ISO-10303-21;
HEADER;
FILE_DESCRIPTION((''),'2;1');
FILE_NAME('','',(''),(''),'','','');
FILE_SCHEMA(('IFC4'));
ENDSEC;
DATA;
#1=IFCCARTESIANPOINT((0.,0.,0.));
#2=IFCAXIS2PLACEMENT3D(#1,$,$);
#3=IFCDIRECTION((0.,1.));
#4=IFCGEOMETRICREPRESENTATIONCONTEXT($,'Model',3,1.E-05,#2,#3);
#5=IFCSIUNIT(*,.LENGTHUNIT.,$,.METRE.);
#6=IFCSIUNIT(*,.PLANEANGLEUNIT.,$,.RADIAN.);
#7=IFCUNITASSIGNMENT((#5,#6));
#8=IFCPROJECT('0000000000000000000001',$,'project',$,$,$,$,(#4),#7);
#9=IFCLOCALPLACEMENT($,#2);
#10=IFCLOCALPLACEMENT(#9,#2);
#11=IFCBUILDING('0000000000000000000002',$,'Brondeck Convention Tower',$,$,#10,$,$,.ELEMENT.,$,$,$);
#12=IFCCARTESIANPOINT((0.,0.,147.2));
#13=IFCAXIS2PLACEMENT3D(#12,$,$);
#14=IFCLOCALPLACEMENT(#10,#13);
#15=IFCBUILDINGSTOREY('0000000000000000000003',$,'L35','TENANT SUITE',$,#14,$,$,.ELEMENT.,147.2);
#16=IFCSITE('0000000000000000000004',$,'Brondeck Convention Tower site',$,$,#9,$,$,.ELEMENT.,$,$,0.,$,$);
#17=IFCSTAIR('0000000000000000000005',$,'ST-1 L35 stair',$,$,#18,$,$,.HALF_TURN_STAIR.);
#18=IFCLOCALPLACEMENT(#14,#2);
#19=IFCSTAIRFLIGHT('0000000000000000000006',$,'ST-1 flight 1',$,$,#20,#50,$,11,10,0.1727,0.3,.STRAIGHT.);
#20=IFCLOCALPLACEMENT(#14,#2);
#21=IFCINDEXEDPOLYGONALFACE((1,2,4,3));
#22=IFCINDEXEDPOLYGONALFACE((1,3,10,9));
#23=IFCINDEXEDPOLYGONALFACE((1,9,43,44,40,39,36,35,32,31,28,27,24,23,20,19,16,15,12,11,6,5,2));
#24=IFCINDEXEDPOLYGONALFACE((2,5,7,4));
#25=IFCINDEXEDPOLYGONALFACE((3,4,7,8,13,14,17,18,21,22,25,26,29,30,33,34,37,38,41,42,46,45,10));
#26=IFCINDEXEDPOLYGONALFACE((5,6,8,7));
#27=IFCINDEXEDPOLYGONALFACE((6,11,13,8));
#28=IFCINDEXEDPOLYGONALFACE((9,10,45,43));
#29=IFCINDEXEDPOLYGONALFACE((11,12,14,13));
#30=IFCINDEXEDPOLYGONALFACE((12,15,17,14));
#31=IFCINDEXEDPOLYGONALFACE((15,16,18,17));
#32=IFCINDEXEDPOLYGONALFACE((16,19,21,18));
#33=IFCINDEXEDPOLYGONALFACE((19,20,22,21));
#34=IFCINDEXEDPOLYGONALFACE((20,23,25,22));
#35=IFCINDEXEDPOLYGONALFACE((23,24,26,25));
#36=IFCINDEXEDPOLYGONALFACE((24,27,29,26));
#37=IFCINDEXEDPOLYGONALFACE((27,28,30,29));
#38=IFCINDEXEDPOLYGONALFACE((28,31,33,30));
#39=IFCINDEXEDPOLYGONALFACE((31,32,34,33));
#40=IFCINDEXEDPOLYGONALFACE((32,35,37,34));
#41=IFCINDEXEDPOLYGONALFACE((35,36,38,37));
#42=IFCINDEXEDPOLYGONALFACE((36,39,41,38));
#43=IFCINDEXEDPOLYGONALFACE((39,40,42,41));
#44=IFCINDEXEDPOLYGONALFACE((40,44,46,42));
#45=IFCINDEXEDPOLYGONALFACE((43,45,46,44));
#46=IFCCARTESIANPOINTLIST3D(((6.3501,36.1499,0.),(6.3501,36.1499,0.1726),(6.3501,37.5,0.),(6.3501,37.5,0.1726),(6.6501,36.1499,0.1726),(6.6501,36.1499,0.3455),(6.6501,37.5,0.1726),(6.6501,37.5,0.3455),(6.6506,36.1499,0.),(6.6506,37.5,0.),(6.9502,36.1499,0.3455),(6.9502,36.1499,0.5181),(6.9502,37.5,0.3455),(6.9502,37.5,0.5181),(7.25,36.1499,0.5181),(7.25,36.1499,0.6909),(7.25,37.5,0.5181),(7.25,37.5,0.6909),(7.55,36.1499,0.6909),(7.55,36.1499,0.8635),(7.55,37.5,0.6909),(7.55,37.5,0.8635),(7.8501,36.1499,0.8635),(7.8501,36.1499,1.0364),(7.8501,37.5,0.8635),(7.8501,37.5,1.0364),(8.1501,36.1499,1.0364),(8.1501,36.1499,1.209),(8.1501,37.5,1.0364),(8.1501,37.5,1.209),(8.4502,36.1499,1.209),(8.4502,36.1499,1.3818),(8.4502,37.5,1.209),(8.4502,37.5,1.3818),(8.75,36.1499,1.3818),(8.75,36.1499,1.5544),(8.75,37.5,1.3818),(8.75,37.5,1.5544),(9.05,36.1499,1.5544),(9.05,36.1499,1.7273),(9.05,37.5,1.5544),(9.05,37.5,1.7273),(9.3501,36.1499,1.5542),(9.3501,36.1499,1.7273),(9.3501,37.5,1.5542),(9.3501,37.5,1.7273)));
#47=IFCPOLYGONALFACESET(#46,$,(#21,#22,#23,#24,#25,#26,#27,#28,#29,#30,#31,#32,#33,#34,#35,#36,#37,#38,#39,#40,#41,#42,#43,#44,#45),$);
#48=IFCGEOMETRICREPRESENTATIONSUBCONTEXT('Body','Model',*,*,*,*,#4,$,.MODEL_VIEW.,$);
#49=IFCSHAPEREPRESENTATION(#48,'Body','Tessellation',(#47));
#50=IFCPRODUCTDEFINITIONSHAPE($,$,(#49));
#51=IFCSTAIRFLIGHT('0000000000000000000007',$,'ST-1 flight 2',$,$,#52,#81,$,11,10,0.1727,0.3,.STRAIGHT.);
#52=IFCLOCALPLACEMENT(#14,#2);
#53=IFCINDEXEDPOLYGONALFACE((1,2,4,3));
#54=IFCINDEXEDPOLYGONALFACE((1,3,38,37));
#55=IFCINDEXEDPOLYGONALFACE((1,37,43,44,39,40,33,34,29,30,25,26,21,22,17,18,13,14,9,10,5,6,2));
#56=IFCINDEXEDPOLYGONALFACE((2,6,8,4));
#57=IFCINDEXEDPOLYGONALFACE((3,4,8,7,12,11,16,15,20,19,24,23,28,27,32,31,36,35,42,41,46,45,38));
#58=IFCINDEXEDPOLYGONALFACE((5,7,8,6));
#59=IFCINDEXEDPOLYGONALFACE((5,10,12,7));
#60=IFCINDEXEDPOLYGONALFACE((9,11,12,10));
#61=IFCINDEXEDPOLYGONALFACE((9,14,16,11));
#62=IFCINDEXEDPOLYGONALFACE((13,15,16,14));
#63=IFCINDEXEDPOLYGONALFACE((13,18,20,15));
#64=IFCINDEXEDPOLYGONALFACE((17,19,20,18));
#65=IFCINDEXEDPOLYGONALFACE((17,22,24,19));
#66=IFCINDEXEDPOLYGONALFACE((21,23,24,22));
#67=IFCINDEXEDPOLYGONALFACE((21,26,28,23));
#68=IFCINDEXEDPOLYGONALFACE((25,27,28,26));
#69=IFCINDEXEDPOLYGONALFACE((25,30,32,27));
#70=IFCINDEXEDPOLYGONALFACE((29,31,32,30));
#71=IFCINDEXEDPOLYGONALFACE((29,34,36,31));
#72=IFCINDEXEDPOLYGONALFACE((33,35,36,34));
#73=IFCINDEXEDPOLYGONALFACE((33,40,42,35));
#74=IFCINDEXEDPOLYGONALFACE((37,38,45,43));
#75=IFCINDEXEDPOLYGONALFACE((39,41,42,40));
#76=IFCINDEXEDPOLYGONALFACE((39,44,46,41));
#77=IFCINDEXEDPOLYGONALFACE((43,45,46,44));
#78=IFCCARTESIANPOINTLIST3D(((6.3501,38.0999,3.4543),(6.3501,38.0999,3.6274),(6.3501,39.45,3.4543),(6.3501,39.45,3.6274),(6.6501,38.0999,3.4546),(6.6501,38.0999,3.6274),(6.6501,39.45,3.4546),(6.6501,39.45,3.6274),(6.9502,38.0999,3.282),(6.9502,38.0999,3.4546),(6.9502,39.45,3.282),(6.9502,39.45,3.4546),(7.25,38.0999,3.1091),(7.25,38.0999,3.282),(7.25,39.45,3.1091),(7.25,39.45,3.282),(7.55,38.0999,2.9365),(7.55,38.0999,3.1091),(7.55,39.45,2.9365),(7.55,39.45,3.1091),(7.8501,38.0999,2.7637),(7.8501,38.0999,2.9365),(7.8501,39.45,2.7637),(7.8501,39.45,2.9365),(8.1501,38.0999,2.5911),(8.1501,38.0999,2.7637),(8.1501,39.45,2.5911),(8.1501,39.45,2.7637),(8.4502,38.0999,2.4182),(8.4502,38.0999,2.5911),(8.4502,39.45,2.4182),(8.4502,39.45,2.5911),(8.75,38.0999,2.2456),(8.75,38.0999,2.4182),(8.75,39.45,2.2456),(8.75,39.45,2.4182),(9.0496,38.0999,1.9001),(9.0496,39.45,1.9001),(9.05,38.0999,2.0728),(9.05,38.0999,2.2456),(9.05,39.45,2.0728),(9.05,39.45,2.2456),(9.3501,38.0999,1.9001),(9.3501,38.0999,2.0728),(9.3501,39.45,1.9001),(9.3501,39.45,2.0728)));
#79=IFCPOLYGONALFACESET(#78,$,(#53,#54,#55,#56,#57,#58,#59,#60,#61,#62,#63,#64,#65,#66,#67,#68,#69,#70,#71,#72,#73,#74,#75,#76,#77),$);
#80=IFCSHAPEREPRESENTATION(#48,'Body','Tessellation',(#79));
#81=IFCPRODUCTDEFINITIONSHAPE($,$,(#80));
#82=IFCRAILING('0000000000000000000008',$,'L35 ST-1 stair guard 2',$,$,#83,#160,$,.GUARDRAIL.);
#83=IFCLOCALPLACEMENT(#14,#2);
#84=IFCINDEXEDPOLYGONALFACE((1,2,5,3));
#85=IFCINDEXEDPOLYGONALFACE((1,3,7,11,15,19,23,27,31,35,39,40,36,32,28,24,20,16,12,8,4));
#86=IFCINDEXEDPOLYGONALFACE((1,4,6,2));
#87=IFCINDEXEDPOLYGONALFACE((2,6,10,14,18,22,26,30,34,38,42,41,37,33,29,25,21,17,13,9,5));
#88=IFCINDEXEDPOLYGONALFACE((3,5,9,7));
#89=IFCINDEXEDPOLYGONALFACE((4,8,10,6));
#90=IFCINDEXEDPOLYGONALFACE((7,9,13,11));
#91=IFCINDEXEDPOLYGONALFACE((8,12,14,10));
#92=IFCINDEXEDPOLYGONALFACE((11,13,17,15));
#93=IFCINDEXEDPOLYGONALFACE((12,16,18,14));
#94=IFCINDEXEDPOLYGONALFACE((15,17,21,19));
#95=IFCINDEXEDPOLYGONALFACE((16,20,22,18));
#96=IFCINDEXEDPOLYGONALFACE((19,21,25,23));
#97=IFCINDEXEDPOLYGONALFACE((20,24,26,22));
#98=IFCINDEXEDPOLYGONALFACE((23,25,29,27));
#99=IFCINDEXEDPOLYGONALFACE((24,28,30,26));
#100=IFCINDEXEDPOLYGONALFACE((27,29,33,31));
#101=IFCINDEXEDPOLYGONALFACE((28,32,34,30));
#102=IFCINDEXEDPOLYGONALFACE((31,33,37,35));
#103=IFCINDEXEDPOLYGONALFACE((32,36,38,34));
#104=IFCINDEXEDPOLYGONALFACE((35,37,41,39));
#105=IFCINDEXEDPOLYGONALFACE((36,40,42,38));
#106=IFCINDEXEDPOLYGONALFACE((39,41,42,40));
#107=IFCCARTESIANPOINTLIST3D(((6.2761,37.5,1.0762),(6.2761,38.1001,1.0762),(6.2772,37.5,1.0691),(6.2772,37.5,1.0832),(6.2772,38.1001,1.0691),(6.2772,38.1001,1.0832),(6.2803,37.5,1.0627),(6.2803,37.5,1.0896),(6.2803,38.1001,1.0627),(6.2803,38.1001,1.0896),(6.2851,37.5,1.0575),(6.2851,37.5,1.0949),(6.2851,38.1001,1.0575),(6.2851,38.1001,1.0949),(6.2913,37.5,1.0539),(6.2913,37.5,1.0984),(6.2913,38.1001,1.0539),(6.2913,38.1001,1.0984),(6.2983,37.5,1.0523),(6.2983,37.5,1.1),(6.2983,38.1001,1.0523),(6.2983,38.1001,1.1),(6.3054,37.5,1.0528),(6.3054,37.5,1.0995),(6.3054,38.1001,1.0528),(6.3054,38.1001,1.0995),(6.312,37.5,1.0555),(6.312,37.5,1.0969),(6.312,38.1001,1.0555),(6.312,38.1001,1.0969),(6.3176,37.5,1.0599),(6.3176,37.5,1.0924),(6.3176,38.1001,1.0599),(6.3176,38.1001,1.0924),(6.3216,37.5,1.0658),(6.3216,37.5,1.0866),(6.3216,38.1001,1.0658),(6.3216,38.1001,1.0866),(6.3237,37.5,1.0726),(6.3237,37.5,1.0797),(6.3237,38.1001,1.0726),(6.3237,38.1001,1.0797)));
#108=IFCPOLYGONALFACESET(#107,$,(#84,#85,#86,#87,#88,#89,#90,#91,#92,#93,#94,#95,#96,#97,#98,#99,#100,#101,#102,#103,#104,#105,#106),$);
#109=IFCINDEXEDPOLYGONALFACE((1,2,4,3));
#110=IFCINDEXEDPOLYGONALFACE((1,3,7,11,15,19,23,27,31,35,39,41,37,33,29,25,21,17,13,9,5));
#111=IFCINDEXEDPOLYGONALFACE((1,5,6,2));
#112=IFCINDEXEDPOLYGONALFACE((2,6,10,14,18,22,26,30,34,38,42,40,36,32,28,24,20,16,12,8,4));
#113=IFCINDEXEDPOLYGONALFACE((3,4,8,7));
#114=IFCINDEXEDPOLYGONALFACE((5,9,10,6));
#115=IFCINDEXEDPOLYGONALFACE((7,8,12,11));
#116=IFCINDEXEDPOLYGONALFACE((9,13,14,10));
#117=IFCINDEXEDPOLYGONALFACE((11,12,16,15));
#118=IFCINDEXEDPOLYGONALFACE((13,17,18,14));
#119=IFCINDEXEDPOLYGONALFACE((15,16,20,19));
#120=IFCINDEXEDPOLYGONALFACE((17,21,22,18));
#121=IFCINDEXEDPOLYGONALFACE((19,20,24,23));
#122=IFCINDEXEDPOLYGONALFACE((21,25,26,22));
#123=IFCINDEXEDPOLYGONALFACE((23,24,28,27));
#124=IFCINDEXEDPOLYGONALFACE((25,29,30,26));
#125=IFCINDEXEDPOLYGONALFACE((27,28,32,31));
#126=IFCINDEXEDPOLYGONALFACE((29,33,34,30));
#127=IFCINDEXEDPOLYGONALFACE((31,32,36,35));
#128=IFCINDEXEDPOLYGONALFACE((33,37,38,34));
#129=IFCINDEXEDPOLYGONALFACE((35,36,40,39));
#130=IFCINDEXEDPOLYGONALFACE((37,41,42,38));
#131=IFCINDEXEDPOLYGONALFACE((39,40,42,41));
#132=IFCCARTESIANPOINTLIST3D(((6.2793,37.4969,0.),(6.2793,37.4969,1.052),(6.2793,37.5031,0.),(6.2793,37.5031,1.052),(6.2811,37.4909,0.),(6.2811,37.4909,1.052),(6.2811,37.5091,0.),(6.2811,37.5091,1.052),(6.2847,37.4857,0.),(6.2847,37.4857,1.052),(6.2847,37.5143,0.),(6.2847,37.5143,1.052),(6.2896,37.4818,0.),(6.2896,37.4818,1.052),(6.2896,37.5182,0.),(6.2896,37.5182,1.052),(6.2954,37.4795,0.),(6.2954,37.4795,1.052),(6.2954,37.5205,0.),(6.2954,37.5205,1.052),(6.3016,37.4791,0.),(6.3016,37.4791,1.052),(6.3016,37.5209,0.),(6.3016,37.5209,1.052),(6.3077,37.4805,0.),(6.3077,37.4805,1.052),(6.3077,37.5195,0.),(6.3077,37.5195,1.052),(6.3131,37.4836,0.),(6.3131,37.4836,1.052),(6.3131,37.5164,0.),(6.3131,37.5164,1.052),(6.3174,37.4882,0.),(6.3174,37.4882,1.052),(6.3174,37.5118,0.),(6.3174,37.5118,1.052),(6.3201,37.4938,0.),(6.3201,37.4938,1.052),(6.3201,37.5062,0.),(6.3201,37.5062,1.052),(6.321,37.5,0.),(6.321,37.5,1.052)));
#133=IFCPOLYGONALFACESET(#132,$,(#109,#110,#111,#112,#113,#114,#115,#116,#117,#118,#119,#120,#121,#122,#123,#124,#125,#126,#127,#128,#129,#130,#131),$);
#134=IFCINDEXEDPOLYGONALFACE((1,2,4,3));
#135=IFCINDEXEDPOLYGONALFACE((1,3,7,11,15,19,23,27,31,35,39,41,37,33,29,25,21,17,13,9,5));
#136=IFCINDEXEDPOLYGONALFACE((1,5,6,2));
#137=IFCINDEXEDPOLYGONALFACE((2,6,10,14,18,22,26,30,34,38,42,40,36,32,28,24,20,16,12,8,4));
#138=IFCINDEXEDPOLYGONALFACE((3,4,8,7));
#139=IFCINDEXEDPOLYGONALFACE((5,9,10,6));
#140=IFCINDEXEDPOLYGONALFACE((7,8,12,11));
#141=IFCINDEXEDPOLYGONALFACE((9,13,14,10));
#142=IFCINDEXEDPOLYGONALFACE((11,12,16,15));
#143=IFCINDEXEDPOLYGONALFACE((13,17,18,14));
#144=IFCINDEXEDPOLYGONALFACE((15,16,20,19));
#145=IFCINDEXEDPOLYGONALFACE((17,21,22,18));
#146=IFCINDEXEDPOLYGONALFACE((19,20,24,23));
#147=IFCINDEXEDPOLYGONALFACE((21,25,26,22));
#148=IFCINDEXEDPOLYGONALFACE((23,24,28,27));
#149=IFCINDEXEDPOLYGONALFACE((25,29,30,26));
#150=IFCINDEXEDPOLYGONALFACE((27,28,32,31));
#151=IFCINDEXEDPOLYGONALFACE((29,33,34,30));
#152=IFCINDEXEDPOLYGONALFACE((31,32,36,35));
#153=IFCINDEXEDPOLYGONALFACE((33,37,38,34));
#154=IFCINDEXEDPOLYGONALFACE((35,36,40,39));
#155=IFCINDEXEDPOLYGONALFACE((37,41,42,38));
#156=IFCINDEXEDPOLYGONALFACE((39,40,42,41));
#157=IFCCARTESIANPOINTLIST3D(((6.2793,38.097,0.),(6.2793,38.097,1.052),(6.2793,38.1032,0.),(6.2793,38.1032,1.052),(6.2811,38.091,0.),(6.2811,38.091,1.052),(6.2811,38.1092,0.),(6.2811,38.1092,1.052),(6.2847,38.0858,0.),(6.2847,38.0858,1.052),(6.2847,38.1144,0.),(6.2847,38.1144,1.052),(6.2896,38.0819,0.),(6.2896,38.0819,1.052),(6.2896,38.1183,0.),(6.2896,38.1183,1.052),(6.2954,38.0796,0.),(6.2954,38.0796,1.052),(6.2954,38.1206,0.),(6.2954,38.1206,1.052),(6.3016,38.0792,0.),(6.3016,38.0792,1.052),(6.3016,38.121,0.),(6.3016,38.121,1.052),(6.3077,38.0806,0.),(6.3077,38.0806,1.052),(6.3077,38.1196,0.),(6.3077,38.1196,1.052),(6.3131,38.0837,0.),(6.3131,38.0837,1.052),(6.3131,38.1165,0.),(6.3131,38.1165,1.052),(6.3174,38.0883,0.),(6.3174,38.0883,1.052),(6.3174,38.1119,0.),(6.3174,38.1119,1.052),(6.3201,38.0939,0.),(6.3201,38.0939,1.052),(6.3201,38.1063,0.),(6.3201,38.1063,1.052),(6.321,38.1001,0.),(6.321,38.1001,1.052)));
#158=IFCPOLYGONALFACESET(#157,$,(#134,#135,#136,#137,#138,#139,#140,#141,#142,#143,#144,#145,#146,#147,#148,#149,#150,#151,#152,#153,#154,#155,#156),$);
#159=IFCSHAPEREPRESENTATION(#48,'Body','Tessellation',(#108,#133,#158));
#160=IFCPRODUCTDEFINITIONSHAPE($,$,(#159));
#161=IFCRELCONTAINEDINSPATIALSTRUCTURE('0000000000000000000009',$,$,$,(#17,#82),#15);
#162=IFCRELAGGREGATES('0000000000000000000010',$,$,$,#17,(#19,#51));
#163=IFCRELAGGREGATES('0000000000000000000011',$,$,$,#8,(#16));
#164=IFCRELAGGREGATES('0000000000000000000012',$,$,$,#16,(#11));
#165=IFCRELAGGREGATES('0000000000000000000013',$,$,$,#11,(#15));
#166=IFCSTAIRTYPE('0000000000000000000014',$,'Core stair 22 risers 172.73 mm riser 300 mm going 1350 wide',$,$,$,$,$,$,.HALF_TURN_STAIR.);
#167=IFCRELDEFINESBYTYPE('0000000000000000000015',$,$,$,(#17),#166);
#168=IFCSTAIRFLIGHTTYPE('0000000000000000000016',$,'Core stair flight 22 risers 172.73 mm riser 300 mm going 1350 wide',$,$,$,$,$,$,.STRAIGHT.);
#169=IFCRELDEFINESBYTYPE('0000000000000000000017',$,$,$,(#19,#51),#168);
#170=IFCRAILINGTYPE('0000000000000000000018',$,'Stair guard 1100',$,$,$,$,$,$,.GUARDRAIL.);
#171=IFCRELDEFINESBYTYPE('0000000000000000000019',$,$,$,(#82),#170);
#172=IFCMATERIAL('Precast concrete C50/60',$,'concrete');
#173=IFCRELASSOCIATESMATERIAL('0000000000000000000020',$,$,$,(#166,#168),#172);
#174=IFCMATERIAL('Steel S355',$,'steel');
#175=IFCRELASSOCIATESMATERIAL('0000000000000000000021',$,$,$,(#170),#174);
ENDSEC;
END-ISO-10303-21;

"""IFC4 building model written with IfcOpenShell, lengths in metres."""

from ifc_helpers import new_model, si_unit, direction, frame, origin, origin_2d, place, context, subcontext, project, spatial, polyline, circle, outline, extrude, material, type_object, element, aggregate, save


model = new_model("IFC4")

# Units and contexts
model_context = context("Model", 3, precision=1e-05, world=origin(), true_north=direction((0.0, 1.0)))
body_context = subcontext(model_context, "Body", "Model", "MODEL_VIEW")
ifc_project = project(units=[si_unit("LENGTHUNIT", "METRE"), si_unit("PLANEANGLEUNIT", "RADIAN")], contexts=[model_context])

# Site, building, storey
site_placement = place(None, origin())
site = spatial("IfcSite", under=ifc_project, at=site_placement, Name="Brondeck Convention Tower site", CompositionType="ELEMENT", RefElevation=0.0)
building_placement = place(site_placement, origin())
building = spatial("IfcBuilding", under=site, at=building_placement, Name="Brondeck Convention Tower", CompositionType="ELEMENT")
storey_placement = place(building_placement, frame((0.0, 0.0, 147.2)))
storey = spatial("IfcBuildingStorey", under=building, at=storey_placement, Name="L35", Description="TENANT SUITE", CompositionType="ELEMENT", Elevation=147.2)

# Stair, stair flights
ifc_material_1 = material(Name="Precast concrete C50/60", Category="concrete")
stair_type = type_object("IfcStairType", Name="Core stair 22 risers 172.73 mm riser 300 mm going 1350 wide", PredefinedType="HALF_TURN_STAIR", material=ifc_material_1)
stair_placement = place(storey_placement, origin())
stair = element("IfcStair", 1, at=stair_placement, inside=storey, type_object=stair_type, Name="ST-1 L35 stair", PredefinedType="HALF_TURN_STAIR")
stair_flight_type = type_object("IfcStairFlightType", Name="Core stair flight 22 risers 172.73 mm riser 300 mm going 1350 wide", PredefinedType="STRAIGHT", material=ifc_material_1)
stair_flight_1_placement = place(storey_placement, frame((6.3501, 36.825, 0.0), z_axis=(0.0, 0.0, 1.0), x_axis=(1.0, 0.0, 0.0)))
stair_flight_1 = element("IfcStairFlight", 2, at=stair_flight_1_placement, type_object=stair_flight_type, Name="ST-1 flight 1", NumberOfRisers=11, NumberOfTreads=10, PredefinedType="STRAIGHT", RiserHeight=0.1727, TreadLength=0.3, context=body_context, shape_type="SweptSolid", body=[
    extrude(outline(polyline([(0.0, 0.0), (0.0, 0.1726), (0.3, 0.1726), (0.3, 0.3455), (0.6001, 0.3455), (0.6001, 0.5181), (0.8999, 0.5181), (0.8999, 0.6909), (1.2, 0.6909), (1.2, 0.8635), (1.5, 0.8635), (1.5, 1.0364), (1.8, 1.0364), (1.8, 1.209), (2.1001, 1.209), (2.1001, 1.3818), (2.3999, 1.3818), (2.3999, 1.5544), (2.7, 1.5544), (2.7, 1.7273), (3.0, 1.7273), (3.0, 1.8999), (3.0, 1.5542), (0.3005, 0.0), (0.0, 0.0)])), frame((0.0, 0.675, 0.0), z_axis=(0.0, -1.0, 0.0), x_axis=(1.0, 0.0, 0.0)), (0.0, 0.0, 1.0), 1.3501),
])
stair_flight_2_placement = place(storey_placement, frame((9.3501, 38.7749, 1.9001), z_axis=(0.0, 0.0, 1.0), x_axis=(-1.0, 0.0, 0.0)))
stair_flight_2 = element("IfcStairFlight", 3, at=stair_flight_2_placement, type_object=stair_flight_type, Name="ST-1 flight 2", NumberOfRisers=11, NumberOfTreads=10, PredefinedType="STRAIGHT", RiserHeight=0.1727, TreadLength=0.3, context=body_context, shape_type="SweptSolid", body=[
    extrude(outline(polyline([(0.0, 0.0), (0.0, 0.1726), (0.3, 0.1726), (0.3, 0.3455), (0.6001, 0.3455), (0.6001, 0.5181), (0.8999, 0.5181), (0.8999, 0.6909), (1.2, 0.6909), (1.2, 0.8635), (1.5, 0.8635), (1.5, 1.0364), (1.8, 1.0364), (1.8, 1.209), (2.1001, 1.209), (2.1001, 1.3818), (2.3999, 1.3818), (2.3999, 1.5544), (2.7, 1.5544), (2.7, 1.7273), (3.0, 1.7273), (3.0, 1.8999), (3.0, 1.5542), (0.3005, 0.0), (0.0, 0.0)])), frame((0.0, 0.675, 0.0), z_axis=(0.0, -1.0, 0.0), x_axis=(1.0, 0.0, 0.0)), (0.0, 0.0, 1.0), 1.3501),
])
aggregate(stair, [stair_flight_1, stair_flight_2])

# Railing
ifc_material_2 = material(Name="Steel S355", Category="steel")
railing_type_1 = type_object("IfcRailingType", Name="Stair guard 1100", PredefinedType="GUARDRAIL", material=ifc_material_2)
railing_1_placement = place(storey_placement, frame((6.3, 37.5, 0.0)))
element("IfcRailing", 4, at=railing_1_placement, inside=storey, type_object=railing_type_1, Name="L35 ST-1 stair guard 2", PredefinedType="GUARDRAIL", context=body_context, shape_type="SweptSolid", body=[
    extrude(circle(Radius=0.0239, at=origin_2d()), frame((0.0, 0.0, 1.0762), z_axis=(0.0, 1.0, 0.0), x_axis=(-1.0, 0.0, 0.0)), (0.0, 0.0, 1.0), 0.6001),
    extrude(circle(Radius=0.021, at=origin_2d()), origin(), (0.0, 0.0, 1.0), 1.052),
    extrude(circle(Radius=0.021, at=origin_2d()), frame((0.0, 0.6001, 0.0)), (0.0, 0.0, 1.0), 1.052),
])

save(model, "model.ifc")
